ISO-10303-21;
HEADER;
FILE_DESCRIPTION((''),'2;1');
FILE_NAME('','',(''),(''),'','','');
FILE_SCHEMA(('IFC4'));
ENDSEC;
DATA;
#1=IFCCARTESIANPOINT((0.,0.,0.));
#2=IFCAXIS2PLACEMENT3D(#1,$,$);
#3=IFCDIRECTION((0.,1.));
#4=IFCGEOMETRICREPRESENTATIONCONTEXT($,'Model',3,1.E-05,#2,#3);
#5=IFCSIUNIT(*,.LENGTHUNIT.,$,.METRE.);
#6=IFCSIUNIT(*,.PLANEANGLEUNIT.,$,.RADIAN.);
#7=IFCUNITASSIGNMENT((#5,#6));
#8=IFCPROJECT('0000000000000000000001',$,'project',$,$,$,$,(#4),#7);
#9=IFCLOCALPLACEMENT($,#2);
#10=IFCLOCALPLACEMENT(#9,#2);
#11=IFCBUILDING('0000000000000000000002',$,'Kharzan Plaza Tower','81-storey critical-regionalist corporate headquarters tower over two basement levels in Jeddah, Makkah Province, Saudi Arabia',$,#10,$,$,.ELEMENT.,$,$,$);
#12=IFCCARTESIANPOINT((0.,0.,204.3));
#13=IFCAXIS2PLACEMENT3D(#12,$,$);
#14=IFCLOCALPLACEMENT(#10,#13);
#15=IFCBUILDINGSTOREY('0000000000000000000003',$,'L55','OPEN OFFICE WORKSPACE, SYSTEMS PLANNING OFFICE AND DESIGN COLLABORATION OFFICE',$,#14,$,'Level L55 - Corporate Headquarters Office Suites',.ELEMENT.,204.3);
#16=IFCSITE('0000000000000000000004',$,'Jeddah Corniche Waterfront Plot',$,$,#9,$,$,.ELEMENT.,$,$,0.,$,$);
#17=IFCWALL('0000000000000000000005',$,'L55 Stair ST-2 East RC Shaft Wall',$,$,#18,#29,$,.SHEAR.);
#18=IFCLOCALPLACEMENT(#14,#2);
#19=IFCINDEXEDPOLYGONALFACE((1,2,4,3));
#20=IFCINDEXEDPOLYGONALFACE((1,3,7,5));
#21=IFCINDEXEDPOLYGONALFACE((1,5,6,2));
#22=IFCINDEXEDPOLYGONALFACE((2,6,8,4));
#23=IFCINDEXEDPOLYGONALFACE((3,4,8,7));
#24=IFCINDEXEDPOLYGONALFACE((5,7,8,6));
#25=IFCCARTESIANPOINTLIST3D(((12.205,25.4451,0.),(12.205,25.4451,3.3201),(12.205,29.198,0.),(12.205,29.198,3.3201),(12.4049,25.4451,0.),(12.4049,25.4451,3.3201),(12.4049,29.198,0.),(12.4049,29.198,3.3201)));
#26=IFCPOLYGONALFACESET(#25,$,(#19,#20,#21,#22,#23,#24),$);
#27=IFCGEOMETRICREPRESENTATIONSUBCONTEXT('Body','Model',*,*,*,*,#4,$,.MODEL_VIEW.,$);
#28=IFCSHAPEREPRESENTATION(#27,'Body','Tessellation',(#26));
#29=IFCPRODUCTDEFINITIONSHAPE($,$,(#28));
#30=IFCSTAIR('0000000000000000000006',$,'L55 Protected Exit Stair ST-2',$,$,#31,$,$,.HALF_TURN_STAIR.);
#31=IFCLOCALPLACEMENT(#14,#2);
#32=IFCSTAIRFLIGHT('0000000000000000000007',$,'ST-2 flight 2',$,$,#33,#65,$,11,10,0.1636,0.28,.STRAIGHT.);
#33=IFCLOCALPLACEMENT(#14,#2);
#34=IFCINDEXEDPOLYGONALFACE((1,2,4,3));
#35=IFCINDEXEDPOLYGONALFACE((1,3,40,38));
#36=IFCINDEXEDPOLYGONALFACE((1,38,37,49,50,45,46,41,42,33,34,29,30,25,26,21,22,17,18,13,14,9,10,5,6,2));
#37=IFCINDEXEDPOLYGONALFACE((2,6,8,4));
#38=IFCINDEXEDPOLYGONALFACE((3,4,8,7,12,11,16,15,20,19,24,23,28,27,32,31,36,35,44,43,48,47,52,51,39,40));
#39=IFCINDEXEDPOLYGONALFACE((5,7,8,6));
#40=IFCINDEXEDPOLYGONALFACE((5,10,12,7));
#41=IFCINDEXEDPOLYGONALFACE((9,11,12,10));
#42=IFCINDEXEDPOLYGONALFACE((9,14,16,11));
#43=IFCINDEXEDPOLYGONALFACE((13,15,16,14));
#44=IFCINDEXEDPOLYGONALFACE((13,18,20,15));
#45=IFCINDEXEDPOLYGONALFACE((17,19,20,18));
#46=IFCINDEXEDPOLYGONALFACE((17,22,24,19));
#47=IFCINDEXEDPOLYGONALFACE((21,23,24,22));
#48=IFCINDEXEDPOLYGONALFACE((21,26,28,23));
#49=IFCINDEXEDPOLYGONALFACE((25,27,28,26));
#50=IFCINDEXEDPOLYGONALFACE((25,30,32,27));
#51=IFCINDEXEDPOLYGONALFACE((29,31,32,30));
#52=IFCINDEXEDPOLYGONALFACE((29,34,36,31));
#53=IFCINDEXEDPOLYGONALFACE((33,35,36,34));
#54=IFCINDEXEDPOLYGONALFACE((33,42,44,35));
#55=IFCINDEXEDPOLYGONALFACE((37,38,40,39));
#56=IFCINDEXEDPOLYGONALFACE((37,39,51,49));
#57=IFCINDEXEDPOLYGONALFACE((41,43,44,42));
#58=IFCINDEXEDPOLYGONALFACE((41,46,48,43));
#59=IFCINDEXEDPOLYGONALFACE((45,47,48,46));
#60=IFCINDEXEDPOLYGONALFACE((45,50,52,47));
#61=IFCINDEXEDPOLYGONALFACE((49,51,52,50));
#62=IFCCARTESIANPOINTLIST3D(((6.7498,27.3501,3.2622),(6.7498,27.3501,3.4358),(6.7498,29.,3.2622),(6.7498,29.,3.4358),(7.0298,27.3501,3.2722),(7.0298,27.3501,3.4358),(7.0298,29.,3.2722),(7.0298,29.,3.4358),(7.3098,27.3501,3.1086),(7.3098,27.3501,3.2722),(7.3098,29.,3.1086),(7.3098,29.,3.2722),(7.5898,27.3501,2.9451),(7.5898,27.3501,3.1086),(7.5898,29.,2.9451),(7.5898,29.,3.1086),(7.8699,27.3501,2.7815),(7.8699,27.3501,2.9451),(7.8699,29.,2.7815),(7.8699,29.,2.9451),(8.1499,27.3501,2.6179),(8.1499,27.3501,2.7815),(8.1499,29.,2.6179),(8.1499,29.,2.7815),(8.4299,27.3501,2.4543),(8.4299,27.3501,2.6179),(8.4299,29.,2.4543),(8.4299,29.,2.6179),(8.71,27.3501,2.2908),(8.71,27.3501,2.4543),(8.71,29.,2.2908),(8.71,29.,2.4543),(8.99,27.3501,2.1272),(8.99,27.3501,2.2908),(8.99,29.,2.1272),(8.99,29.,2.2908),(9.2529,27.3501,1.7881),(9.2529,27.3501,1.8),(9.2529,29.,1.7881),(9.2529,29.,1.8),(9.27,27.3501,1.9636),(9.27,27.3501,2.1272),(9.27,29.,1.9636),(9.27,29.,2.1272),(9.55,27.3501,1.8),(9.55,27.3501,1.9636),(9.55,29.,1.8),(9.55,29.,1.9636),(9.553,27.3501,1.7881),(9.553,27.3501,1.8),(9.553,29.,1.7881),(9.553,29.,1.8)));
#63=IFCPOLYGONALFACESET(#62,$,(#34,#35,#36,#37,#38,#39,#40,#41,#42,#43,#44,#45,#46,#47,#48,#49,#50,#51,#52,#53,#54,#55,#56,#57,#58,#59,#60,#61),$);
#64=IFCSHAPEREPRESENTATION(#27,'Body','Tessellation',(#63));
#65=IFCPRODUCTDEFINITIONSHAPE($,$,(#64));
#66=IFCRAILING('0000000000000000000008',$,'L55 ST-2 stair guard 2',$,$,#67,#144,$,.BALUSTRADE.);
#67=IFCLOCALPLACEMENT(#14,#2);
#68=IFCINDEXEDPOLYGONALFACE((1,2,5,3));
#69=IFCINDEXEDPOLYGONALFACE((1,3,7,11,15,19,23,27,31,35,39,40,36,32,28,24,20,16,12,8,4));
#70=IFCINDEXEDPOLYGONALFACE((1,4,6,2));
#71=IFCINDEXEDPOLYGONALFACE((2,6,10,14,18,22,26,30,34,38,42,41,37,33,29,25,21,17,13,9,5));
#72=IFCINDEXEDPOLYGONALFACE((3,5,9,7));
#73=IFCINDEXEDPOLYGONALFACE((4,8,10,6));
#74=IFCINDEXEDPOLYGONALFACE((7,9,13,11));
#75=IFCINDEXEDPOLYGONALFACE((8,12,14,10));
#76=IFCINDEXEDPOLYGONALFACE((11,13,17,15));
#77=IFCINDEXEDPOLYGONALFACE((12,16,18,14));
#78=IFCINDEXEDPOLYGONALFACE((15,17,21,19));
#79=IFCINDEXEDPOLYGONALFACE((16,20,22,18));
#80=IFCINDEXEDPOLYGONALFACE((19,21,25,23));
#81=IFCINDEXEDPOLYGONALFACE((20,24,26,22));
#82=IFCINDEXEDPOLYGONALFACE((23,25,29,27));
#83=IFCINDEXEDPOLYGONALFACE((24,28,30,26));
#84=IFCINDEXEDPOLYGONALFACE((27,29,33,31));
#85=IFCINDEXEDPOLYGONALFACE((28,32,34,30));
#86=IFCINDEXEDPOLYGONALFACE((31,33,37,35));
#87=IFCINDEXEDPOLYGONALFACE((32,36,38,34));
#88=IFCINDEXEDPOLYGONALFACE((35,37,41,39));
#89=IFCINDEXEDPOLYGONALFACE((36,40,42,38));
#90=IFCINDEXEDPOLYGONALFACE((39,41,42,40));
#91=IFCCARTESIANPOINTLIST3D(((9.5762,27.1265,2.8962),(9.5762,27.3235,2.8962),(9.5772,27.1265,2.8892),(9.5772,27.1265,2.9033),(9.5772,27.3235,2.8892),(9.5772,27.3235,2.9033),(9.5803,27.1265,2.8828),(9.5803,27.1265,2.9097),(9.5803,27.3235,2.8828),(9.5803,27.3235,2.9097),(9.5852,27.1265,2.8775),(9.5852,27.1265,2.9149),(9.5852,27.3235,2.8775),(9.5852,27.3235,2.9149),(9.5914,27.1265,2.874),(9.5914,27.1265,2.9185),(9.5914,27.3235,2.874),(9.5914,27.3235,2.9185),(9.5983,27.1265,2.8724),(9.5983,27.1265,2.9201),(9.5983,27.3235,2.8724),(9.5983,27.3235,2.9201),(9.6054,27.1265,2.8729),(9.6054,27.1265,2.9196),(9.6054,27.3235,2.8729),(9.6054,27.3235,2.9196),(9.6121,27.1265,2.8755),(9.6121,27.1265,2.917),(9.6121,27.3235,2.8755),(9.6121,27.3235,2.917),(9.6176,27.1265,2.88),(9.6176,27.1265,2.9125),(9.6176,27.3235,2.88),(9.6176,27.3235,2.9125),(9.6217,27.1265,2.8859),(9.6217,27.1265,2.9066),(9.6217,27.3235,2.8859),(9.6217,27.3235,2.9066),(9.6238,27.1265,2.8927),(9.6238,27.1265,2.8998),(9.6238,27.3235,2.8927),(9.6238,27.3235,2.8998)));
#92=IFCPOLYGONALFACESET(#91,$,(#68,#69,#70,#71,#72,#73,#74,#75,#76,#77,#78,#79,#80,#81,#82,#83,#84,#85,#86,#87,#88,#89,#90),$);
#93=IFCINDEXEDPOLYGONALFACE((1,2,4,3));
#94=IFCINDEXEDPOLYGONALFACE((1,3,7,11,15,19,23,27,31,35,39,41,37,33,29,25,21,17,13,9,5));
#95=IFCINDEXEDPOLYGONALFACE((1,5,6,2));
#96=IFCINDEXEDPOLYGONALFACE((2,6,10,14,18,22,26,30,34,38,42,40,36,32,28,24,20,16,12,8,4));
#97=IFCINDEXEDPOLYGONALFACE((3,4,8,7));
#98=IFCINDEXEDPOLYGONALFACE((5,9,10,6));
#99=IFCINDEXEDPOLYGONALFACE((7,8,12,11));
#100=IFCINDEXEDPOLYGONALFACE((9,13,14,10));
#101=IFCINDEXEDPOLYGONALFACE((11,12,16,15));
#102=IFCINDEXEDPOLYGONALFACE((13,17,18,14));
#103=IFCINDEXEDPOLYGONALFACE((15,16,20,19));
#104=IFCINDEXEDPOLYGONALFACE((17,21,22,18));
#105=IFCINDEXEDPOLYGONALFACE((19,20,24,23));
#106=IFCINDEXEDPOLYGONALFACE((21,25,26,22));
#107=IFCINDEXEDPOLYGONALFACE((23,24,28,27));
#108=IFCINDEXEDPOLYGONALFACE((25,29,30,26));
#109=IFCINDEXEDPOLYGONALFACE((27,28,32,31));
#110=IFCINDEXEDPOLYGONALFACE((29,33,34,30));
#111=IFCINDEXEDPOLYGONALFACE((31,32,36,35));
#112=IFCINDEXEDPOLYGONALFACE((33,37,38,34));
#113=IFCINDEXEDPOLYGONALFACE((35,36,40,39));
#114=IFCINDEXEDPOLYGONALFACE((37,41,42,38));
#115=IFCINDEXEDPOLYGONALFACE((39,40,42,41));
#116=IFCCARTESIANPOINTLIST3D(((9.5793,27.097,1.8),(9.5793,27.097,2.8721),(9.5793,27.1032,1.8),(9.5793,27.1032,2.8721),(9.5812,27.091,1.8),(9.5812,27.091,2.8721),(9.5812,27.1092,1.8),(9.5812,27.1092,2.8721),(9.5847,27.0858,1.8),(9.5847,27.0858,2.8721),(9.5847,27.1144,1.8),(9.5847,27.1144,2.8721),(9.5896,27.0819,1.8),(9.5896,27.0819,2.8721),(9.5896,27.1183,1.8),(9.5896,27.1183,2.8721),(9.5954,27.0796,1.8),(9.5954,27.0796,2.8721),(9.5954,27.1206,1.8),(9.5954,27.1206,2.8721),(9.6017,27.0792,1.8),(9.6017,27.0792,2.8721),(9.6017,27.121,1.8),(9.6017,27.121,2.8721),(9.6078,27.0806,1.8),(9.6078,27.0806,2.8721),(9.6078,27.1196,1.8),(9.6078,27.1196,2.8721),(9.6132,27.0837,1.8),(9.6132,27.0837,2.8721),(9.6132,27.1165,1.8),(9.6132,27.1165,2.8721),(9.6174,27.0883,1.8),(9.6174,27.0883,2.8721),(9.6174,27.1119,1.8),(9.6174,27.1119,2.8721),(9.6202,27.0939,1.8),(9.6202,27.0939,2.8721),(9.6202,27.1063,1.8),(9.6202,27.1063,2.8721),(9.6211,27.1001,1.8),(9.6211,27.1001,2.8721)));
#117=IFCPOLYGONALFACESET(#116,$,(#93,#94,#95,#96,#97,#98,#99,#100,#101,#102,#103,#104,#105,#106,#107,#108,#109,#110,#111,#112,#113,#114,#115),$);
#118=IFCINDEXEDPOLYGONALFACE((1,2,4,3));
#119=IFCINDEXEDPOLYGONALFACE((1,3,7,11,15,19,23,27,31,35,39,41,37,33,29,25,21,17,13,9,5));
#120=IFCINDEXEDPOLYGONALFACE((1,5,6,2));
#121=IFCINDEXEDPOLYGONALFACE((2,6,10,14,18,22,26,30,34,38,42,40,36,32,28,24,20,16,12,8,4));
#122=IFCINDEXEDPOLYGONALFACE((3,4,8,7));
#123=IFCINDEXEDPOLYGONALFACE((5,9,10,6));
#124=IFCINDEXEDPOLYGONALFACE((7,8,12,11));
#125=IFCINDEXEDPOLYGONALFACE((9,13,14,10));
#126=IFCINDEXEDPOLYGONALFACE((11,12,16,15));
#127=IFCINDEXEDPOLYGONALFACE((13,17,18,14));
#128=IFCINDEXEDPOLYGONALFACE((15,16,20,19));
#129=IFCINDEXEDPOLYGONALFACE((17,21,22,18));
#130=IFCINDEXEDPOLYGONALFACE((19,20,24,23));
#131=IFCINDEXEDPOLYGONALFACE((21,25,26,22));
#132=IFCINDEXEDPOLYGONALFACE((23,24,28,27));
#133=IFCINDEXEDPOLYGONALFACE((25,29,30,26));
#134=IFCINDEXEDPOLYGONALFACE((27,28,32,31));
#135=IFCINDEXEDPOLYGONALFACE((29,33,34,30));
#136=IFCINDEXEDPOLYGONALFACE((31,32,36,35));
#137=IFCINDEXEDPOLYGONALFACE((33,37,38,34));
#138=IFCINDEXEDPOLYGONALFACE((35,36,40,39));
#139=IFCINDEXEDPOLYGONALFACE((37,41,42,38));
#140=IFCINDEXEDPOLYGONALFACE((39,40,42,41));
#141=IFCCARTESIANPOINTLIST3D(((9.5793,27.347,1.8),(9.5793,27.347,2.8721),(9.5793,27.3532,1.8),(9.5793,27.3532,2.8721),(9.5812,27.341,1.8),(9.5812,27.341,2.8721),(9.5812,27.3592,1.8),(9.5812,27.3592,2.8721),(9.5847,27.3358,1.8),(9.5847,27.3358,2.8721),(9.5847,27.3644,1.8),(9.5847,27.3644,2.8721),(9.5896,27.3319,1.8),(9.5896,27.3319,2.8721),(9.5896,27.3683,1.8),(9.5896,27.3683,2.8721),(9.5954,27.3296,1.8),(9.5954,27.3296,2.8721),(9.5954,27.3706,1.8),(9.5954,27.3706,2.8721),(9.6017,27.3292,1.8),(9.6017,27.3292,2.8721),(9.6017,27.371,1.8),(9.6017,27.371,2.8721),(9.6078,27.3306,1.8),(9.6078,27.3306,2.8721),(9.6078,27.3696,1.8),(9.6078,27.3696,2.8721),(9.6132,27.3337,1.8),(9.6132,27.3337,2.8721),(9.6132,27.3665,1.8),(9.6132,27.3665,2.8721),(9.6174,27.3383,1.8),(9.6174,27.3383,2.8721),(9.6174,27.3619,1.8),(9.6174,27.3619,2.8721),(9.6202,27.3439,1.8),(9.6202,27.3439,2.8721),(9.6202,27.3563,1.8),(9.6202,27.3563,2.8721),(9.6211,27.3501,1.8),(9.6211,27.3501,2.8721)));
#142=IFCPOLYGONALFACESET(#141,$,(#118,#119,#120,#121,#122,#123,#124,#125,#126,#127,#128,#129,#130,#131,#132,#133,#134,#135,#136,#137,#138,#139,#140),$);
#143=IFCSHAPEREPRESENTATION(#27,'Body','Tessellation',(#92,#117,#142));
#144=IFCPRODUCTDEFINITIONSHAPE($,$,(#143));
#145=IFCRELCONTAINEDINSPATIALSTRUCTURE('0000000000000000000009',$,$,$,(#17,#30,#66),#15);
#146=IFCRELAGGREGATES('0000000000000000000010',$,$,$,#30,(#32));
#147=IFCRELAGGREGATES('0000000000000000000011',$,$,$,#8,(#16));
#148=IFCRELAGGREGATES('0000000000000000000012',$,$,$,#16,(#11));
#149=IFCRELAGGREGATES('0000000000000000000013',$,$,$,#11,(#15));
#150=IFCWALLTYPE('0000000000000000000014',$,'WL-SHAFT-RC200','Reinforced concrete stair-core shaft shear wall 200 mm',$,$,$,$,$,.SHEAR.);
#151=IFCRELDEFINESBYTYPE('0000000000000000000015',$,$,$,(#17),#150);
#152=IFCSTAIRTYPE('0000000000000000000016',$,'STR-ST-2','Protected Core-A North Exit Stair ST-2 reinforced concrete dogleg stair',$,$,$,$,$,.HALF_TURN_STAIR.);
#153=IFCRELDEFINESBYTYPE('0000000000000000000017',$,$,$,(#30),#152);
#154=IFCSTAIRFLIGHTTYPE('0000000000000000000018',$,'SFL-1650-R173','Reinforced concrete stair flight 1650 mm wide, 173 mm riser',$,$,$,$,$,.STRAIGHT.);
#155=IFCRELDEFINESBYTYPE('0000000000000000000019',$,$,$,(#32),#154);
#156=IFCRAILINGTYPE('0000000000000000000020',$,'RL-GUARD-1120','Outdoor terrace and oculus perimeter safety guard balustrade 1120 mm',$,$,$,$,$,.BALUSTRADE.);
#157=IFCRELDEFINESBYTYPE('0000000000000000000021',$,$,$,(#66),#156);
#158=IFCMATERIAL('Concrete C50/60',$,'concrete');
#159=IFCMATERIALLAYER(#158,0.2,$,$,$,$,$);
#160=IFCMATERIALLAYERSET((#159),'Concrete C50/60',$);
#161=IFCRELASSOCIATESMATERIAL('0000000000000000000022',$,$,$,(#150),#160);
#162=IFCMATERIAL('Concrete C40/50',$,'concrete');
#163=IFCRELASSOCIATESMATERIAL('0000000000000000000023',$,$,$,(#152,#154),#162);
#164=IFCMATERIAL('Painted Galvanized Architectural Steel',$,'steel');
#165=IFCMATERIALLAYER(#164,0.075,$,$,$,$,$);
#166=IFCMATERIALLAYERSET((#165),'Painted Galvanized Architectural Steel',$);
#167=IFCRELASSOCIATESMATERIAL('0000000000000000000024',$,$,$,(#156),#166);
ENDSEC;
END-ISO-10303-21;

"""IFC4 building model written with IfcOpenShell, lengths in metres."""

from ifc_helpers import new_model, si_unit, direction, frame, frame_2d, origin, origin_2d, place, context, subcontext, project, spatial, polyline, rectangle, circle, outline, extrude, source, transform, mapped, material, layer, layer_set, type_object, element, aggregate, save


model = new_model("IFC4")

# Units and contexts
model_context = context("Model", 3, precision=1e-05, world=origin(), true_north=direction((0.0, 1.0)))
body_context = subcontext(model_context, "Body", "Model", "MODEL_VIEW")
ifc_project = project(units=[si_unit("LENGTHUNIT", "METRE"), si_unit("PLANEANGLEUNIT", "RADIAN")], contexts=[model_context])

# Site, building, storey
site_placement = place(None, origin())
site = spatial("IfcSite", under=ifc_project, at=site_placement, Name="Jeddah Corniche Waterfront Plot", CompositionType="ELEMENT", RefElevation=0.0)
building_placement = place(site_placement, origin())
building = spatial("IfcBuilding", under=site, at=building_placement, Name="Kharzan Plaza Tower", Description="81-storey critical-regionalist corporate headquarters tower over two basement levels in Jeddah, Makkah Province, Saudi Arabia", CompositionType="ELEMENT")
storey_placement = place(building_placement, frame((0.0, 0.0, 204.3)))
storey = spatial("IfcBuildingStorey", under=building, at=storey_placement, Name="L55", Description="OPEN OFFICE WORKSPACE, SYSTEMS PLANNING OFFICE AND DESIGN COLLABORATION OFFICE", LongName="Level L55 - Corporate Headquarters Office Suites", CompositionType="ELEMENT", Elevation=204.3)

# Shared definitions
ifc_material_1 = material(Name="Concrete C40/50", Category="concrete")

# Wall
ifc_material_2 = material(Name="Concrete C50/60", Category="concrete")
ifc_layer_1 = layer(ifc_material_2, 0.2)
ifc_layer_set_1 = layer_set([ifc_layer_1], Name="Concrete C50/60")
wall_type_1 = type_object("IfcWallType", Name="WL-SHAFT-RC200", Description="Reinforced concrete stair-core shaft shear wall 200 mm", PredefinedType="SHEAR", material=ifc_layer_set_1)
shared_shape_1 = source(origin(), body_context, "Body", "SweptSolid", [
    extrude(rectangle(XDim=3.7529, YDim=0.2, at=frame_2d((1.8765, 0.0))), origin(), (0.0, 0.0, 1.0), 3.3201),
])
wall_1_placement = place(storey_placement, frame((12.3049, 25.4451, 0.0), z_axis=(0.0, 0.0, 1.0), x_axis=(0.0, 1.0, 0.0)))
element("IfcWall", 1, at=wall_1_placement, inside=storey, type_object=wall_type_1, Name="L55 Stair ST-2 East RC Shaft Wall", PredefinedType="SHEAR", context=body_context, shape_type="MappedRepresentation", body=[
    mapped(shared_shape_1, transform((0.0, 0.0, 0.0), x_axis=(1.0, 0.0, 0.0), y_axis=(0.0, 1.0, 0.0), z_axis=(0.0, 0.0, 1.0))),
])

# Stair, stair flight
stair_type = type_object("IfcStairType", Name="STR-ST-2", Description="Protected Core-A North Exit Stair ST-2 reinforced concrete dogleg stair", PredefinedType="HALF_TURN_STAIR", material=ifc_material_1)
stair_placement = place(storey_placement, origin())
stair = element("IfcStair", 2, at=stair_placement, inside=storey, type_object=stair_type, Name="L55 Protected Exit Stair ST-2", PredefinedType="HALF_TURN_STAIR")
stair_flight_type = type_object("IfcStairFlightType", Name="SFL-1650-R173", Description="Reinforced concrete stair flight 1650 mm wide, 173 mm riser", PredefinedType="STRAIGHT", material=ifc_material_1)
shared_shape_2 = source(origin(), body_context, "Body", "SweptSolid", [
    extrude(outline(polyline([(-0.0029, -0.012), (-0.0029, 0.0), (0.0, 0.0), (0.0, 0.1636), (0.28, 0.1636), (0.28, 0.3271), (0.5601, 0.3271), (0.5601, 0.4907), (0.8401, 0.4907), (0.8401, 0.6543), (1.1201, 0.6543), (1.1201, 0.8179), (1.4001, 0.8179), (1.4001, 0.9814), (1.6802, 0.9814), (1.6802, 1.145), (1.9602, 1.145), (1.9602, 1.3086), (2.2402, 1.3086), (2.2402, 1.4722), (2.5203, 1.4722), (2.5203, 1.6357), (2.8003, 1.6357), (2.8003, 1.7993), (2.8003, 1.4622), (0.2971, 0.0), (0.2971, -0.012), (-0.0029, -0.012)])), frame((0.0, 0.825, 0.0), z_axis=(0.0, -1.0, 0.0), x_axis=(1.0, 0.0, 0.0)), (0.0, 0.0, 1.0), 1.6499),
])
stair_flight_placement = place(storey_placement, frame((9.55, 28.175, 1.8), z_axis=(0.0, 0.0, 1.0), x_axis=(-1.0, 0.0, 0.0)))
stair_flight = element("IfcStairFlight", 3, at=stair_flight_placement, type_object=stair_flight_type, Name="ST-2 flight 2", NumberOfRisers=11, NumberOfTreads=10, PredefinedType="STRAIGHT", RiserHeight=0.1636, TreadLength=0.28, context=body_context, shape_type="MappedRepresentation", body=[
    mapped(shared_shape_2, transform((0.0, 0.0, 0.0), x_axis=(1.0, 0.0, 0.0), y_axis=(0.0, 1.0, 0.0), z_axis=(0.0, 0.0, 1.0))),
])
aggregate(stair, [stair_flight])

# Railing
ifc_material_3 = material(Name="Painted Galvanized Architectural Steel", Category="steel")
ifc_layer_2 = layer(ifc_material_3, 0.075)
ifc_layer_set_2 = layer_set([ifc_layer_2], Name="Painted Galvanized Architectural Steel")
railing_type_1 = type_object("IfcRailingType", Name="RL-GUARD-1120", Description="Outdoor terrace and oculus perimeter safety guard balustrade 1120 mm", PredefinedType="BALUSTRADE", material=ifc_layer_set_2)
shared_shape_3 = source(origin(), body_context, "Body", "SweptSolid", [
    extrude(circle(Radius=0.0239, at=origin_2d()), frame((0.0, 0.0264, 1.0962), z_axis=(0.0, 1.0, 0.0), x_axis=(-1.0, 0.0, 0.0)), (0.0, 0.0, 1.0), 0.197),
    extrude(circle(Radius=0.021, at=origin_2d()), origin(), (0.0, 0.0, 1.0), 1.072),
    extrude(circle(Radius=0.021, at=origin_2d()), frame((0.0, 0.25, 0.0)), (0.0, 0.0, 1.0), 1.072),
])
railing_1_placement = place(storey_placement, frame((9.6001, 27.1001, 1.8)))
element("IfcRailing", 4, at=railing_1_placement, inside=storey, type_object=railing_type_1, Name="L55 ST-2 stair guard 2", PredefinedType="BALUSTRADE", context=body_context, shape_type="MappedRepresentation", body=[
    mapped(shared_shape_3, transform((0.0, 0.0, 0.0), x_axis=(1.0, 0.0, 0.0), y_axis=(0.0, 1.0, 0.0), z_axis=(0.0, 0.0, 1.0))),
])

save(model, "model.ifc")
